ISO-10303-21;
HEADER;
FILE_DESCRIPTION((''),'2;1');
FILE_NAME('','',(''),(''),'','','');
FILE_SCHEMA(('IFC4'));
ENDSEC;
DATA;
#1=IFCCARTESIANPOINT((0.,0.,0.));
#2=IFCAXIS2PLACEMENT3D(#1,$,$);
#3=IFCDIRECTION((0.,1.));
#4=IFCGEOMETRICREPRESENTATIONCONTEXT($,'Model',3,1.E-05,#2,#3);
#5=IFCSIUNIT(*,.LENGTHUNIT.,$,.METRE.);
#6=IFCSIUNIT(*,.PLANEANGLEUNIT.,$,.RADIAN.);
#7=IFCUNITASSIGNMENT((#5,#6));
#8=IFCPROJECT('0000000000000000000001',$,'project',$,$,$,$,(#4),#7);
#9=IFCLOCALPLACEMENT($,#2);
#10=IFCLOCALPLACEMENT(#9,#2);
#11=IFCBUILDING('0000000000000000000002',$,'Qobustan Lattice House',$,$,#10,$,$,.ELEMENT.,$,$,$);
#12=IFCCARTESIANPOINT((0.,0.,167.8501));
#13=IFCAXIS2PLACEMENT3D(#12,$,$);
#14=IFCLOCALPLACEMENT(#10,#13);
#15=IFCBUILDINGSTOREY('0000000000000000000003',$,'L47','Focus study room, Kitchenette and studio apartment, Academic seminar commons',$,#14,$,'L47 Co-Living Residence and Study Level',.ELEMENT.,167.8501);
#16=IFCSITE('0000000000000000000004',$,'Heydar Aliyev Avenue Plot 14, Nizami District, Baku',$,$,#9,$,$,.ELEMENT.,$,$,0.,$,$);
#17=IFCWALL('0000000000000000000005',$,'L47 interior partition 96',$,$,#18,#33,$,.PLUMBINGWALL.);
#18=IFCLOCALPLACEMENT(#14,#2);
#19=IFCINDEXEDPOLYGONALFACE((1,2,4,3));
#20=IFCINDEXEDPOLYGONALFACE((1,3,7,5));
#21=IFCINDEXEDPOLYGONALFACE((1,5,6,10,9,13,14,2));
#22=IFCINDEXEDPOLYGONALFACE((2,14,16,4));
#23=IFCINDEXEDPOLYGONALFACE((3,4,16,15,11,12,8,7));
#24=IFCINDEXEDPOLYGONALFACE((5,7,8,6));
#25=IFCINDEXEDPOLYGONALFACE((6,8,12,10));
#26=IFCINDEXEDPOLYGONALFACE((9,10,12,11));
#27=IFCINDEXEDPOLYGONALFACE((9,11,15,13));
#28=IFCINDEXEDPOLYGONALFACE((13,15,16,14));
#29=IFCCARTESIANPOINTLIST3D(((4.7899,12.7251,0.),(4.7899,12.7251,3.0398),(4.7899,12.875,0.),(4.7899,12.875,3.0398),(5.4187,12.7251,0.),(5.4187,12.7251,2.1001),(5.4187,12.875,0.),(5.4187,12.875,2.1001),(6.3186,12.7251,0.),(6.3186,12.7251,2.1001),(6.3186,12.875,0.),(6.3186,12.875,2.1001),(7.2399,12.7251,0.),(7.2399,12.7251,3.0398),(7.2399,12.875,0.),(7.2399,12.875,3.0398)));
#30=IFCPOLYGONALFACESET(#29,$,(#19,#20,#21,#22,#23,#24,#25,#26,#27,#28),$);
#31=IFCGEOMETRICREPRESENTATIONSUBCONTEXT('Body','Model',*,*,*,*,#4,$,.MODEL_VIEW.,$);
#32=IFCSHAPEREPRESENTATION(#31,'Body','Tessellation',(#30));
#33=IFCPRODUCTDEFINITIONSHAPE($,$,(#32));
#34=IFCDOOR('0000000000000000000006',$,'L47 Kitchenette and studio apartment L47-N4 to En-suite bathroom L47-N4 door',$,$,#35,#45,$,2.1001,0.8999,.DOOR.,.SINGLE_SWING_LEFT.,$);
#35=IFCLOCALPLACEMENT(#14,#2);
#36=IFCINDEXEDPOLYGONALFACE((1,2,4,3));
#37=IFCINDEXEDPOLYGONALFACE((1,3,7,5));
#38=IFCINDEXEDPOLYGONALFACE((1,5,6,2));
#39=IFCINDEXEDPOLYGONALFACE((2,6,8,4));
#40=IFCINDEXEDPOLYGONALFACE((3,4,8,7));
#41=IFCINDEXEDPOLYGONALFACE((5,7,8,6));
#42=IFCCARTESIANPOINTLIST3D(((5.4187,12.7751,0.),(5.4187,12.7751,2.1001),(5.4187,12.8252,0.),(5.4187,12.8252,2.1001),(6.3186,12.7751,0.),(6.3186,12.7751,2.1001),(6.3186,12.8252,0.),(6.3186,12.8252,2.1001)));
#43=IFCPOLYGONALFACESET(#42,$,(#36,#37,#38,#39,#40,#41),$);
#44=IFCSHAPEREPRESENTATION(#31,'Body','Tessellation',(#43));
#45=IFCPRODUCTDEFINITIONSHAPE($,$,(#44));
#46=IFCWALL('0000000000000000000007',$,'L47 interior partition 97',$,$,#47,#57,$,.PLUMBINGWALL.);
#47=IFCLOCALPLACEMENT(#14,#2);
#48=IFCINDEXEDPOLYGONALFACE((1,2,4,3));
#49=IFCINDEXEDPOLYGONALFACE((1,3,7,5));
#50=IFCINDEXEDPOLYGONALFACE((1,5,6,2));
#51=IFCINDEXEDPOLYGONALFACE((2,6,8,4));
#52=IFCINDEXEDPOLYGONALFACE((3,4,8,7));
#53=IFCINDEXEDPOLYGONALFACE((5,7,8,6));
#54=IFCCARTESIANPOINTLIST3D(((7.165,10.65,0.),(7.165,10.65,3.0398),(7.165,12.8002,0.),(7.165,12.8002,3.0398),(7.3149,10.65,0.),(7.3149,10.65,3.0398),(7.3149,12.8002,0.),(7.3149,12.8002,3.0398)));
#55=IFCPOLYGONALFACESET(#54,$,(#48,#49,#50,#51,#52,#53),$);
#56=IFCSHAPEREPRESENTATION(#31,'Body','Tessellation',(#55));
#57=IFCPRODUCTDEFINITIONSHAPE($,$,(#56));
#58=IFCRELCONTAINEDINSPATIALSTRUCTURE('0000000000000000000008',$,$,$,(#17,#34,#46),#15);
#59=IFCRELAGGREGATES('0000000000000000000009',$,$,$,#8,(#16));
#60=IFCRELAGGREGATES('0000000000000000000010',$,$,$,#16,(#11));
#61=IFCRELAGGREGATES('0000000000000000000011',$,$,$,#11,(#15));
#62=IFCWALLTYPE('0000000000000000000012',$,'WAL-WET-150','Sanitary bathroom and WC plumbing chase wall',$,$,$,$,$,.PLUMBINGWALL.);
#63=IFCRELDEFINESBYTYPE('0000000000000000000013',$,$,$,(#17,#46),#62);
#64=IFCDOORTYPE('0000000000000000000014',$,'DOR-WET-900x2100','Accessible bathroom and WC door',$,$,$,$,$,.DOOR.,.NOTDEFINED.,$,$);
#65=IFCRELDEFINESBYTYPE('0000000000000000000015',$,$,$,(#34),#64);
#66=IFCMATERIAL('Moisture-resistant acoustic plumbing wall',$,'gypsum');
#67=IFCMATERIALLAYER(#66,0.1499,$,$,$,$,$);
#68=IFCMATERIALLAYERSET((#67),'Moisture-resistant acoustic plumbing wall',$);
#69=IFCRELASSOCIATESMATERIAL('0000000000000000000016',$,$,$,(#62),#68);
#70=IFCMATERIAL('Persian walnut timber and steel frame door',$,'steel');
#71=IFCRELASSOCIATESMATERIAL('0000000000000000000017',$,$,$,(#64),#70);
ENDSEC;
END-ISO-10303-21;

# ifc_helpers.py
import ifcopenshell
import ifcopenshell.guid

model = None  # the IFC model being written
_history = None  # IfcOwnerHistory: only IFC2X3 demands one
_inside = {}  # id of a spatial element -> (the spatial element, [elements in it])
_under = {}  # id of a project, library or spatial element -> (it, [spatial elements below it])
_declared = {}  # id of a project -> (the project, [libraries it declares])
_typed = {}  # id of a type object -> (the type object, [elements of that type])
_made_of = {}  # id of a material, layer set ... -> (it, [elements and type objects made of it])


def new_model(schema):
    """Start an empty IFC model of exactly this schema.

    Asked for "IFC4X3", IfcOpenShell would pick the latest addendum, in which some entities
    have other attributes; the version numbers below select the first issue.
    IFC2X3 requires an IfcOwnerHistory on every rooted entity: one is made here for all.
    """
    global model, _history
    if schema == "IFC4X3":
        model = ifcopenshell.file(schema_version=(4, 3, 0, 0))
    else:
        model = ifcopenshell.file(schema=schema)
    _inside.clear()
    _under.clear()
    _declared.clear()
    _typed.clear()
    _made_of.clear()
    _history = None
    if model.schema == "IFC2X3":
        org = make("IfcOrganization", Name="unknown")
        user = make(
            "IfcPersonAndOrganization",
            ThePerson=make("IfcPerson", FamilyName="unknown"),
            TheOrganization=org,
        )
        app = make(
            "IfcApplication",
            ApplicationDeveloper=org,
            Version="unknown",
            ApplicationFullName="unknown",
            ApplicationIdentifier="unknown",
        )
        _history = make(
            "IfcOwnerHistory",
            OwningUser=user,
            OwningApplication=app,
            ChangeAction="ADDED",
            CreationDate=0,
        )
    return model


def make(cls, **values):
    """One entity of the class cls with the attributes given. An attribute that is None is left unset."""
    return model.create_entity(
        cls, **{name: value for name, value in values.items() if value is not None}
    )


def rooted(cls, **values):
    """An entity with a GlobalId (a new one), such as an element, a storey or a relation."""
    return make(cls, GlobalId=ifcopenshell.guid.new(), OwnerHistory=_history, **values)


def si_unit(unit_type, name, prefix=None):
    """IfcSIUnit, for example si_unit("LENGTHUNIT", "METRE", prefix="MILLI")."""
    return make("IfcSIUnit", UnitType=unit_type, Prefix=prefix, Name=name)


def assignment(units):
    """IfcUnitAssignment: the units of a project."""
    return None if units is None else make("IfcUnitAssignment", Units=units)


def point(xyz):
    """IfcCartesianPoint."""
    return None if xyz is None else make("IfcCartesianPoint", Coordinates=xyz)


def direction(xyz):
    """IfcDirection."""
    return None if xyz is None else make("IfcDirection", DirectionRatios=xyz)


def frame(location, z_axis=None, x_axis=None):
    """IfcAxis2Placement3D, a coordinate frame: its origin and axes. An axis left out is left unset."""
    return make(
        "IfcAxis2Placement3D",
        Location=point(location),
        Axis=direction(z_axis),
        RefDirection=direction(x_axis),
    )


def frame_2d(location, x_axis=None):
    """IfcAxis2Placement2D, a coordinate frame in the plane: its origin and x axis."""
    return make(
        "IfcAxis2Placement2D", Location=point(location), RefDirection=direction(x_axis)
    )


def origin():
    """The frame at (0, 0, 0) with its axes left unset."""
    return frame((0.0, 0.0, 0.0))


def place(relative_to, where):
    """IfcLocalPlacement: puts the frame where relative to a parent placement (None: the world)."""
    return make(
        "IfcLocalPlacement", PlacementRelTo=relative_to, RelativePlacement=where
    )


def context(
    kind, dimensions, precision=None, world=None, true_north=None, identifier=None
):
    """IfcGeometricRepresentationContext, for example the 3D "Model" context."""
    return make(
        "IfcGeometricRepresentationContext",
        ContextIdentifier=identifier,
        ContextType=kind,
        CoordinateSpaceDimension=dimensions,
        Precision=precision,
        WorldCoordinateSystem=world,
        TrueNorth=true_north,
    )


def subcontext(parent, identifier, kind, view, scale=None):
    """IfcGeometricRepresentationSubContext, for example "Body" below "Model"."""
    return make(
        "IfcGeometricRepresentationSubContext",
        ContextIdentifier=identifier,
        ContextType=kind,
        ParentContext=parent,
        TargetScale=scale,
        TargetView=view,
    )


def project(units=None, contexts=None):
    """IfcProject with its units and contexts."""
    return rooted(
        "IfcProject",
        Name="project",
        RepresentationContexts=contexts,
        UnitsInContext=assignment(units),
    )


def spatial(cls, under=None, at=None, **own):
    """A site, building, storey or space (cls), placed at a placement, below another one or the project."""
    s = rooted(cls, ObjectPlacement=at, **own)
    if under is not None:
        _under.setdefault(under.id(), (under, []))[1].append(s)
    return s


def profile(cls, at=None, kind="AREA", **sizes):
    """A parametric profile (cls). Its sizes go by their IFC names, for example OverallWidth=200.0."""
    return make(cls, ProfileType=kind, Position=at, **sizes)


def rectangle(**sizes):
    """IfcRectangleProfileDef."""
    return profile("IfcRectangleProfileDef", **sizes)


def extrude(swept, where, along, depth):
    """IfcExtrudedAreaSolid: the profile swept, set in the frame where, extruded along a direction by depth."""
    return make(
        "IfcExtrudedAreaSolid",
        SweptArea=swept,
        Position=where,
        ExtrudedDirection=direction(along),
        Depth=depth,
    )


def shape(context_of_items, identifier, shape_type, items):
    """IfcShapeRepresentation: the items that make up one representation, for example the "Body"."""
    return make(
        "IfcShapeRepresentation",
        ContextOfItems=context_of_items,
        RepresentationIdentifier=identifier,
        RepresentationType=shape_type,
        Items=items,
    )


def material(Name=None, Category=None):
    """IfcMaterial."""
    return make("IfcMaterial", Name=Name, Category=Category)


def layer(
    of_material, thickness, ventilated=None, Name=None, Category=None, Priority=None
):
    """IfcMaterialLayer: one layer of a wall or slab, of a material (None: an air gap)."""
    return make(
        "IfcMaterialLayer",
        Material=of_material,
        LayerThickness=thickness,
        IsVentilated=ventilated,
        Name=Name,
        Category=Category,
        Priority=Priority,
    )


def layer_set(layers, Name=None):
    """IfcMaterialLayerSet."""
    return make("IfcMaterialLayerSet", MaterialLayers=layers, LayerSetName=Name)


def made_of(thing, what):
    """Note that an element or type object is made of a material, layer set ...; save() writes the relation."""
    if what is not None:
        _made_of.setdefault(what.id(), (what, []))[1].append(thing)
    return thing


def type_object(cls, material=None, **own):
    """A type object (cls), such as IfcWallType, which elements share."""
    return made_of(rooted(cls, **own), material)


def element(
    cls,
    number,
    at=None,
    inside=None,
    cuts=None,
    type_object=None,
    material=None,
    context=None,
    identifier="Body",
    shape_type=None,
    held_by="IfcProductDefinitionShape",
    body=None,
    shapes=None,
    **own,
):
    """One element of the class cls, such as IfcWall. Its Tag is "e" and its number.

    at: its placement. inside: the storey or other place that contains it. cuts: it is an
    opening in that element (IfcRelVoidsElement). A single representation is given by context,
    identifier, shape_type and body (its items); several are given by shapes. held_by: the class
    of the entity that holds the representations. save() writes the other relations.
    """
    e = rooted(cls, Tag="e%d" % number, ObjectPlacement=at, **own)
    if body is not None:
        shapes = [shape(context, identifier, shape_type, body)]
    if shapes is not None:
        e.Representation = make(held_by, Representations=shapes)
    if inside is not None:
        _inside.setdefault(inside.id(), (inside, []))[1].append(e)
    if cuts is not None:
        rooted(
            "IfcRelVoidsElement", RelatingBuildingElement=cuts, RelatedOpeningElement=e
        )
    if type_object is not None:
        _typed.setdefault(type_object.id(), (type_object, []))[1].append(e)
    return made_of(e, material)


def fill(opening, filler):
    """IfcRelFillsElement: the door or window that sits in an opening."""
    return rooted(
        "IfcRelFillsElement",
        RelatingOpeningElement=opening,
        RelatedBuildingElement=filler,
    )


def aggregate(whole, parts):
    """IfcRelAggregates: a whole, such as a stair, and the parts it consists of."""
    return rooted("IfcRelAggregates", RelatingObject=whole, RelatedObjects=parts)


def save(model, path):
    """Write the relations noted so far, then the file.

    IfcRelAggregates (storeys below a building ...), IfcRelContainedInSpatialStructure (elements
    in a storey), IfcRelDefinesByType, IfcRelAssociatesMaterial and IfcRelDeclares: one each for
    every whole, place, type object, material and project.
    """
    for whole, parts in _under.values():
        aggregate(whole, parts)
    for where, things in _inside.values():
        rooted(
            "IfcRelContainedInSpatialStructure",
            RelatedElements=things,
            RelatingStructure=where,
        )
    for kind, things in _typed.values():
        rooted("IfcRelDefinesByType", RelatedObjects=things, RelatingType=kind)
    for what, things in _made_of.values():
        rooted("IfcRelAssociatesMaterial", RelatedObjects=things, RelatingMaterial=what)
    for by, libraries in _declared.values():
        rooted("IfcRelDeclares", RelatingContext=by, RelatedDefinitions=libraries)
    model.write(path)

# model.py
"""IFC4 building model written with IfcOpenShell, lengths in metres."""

from ifc_helpers import new_model, si_unit, direction, frame, frame_2d, origin, place, context, subcontext, project, spatial, rectangle, extrude, material, layer, layer_set, type_object, element, fill, save


model = new_model("IFC4")

# Units and contexts
model_context = context("Model", 3, precision=1e-05, world=origin(), true_north=direction((0.0, 1.0)))
body_context = subcontext(model_context, "Body", "Model", "MODEL_VIEW")
ifc_project = project(units=[si_unit("LENGTHUNIT", "METRE"), si_unit("PLANEANGLEUNIT", "RADIAN")], contexts=[model_context])

# Site, building, storey
site_placement = place(None, origin())
site = spatial("IfcSite", under=ifc_project, at=site_placement, Name="Heydar Aliyev Avenue Plot 14, Nizami District, Baku", CompositionType="ELEMENT", RefElevation=0.0)
building_placement = place(site_placement, origin())
building = spatial("IfcBuilding", under=site, at=building_placement, Name="Qobustan Lattice House", CompositionType="ELEMENT")
storey_placement = place(building_placement, frame((0.0, 0.0, 167.8501)))
storey = spatial("IfcBuildingStorey", under=building, at=storey_placement, Name="L47", Description="Focus study room, Kitchenette and studio apartment, Academic seminar commons", LongName="L47 Co-Living Residence and Study Level", CompositionType="ELEMENT", Elevation=167.8501)

# Shared definitions
ifc_material_1 = material(Name="Moisture-resistant acoustic plumbing wall", Category="gypsum")
ifc_layer_1 = layer(ifc_material_1, 0.1499)
ifc_layer_set_1 = layer_set([ifc_layer_1], Name="Moisture-resistant acoustic plumbing wall")
wall_type_1 = type_object("IfcWallType", Name="WAL-WET-150", Description="Sanitary bathroom and WC plumbing chase wall", PredefinedType="PLUMBINGWALL", material=ifc_layer_set_1)
ifc_material_2 = material(Name="Persian walnut timber and steel frame door", Category="steel")
door_type_1 = type_object("IfcDoorType", Name="DOR-WET-900x2100", Description="Accessible bathroom and WC door", OperationType="NOTDEFINED", PredefinedType="DOOR", material=ifc_material_2)

# Wall, opening, door
wall_1_placement = place(storey_placement, frame((7.24, 12.8, 0.0), z_axis=(0.0, 0.0, 1.0), x_axis=(-1.0, 0.0, 0.0)))
wall_1 = element("IfcWall", 1, at=wall_1_placement, inside=storey, type_object=wall_type_1, Name="L47 interior partition 96", PredefinedType="PLUMBINGWALL", context=body_context, shape_type="SweptSolid", body=[
    extrude(rectangle(XDim=2.45, YDim=0.1499, at=frame_2d((1.2251, 0.0))), origin(), (0.0, 0.0, 1.0), 3.0398),
])
opening_1_placement = place(wall_1_placement, frame((0.9214, 0.0, 0.0)))
opening_1 = element("IfcOpeningElement", 2, at=opening_1_placement, cuts=wall_1, PredefinedType="OPENING", context=body_context, shape_type="SweptSolid", body=[
    extrude(rectangle(XDim=0.8999, YDim=2.1001, at=frame_2d((0.45, 1.05))), frame((0.0, 0.085, 0.0), z_axis=(0.0, -1.0, 0.0), x_axis=(1.0, 0.0, 0.0)), (0.0, 0.0, 1.0), 0.1699),
])
door_1_placement = place(opening_1_placement, origin())
door_1 = element("IfcDoor", 3, at=door_1_placement, inside=storey, type_object=door_type_1, Name="L47 Kitchenette and studio apartment L47-N4 to En-suite bathroom L47-N4 door", OperationType="SINGLE_SWING_LEFT", OverallHeight=2.1001, OverallWidth=0.8999, PredefinedType="DOOR", context=body_context, shape_type="SweptSolid", body=[
    extrude(rectangle(XDim=0.8999, YDim=2.1001, at=frame_2d((0.45, 1.05))), frame((0.0, 0.0249, 0.0), z_axis=(0.0, -1.0, 0.0), x_axis=(1.0, 0.0, 0.0)), (0.0, 0.0, 1.0), 0.05),
])
fill(opening_1, door_1)

# Wall
wall_2_placement = place(storey_placement, frame((7.24, 10.6499, 0.0), z_axis=(0.0, 0.0, 1.0), x_axis=(0.0, 1.0, 0.0)))
element("IfcWall", 4, at=wall_2_placement, inside=storey, type_object=wall_type_1, Name="L47 interior partition 97", PredefinedType="PLUMBINGWALL", context=body_context, shape_type="SweptSolid", body=[
    extrude(rectangle(XDim=2.1501, YDim=0.1499, at=frame_2d((1.0752, 0.0))), origin(), (0.0, 0.0, 1.0), 3.0398),
])

save(model, "model.ifc")
